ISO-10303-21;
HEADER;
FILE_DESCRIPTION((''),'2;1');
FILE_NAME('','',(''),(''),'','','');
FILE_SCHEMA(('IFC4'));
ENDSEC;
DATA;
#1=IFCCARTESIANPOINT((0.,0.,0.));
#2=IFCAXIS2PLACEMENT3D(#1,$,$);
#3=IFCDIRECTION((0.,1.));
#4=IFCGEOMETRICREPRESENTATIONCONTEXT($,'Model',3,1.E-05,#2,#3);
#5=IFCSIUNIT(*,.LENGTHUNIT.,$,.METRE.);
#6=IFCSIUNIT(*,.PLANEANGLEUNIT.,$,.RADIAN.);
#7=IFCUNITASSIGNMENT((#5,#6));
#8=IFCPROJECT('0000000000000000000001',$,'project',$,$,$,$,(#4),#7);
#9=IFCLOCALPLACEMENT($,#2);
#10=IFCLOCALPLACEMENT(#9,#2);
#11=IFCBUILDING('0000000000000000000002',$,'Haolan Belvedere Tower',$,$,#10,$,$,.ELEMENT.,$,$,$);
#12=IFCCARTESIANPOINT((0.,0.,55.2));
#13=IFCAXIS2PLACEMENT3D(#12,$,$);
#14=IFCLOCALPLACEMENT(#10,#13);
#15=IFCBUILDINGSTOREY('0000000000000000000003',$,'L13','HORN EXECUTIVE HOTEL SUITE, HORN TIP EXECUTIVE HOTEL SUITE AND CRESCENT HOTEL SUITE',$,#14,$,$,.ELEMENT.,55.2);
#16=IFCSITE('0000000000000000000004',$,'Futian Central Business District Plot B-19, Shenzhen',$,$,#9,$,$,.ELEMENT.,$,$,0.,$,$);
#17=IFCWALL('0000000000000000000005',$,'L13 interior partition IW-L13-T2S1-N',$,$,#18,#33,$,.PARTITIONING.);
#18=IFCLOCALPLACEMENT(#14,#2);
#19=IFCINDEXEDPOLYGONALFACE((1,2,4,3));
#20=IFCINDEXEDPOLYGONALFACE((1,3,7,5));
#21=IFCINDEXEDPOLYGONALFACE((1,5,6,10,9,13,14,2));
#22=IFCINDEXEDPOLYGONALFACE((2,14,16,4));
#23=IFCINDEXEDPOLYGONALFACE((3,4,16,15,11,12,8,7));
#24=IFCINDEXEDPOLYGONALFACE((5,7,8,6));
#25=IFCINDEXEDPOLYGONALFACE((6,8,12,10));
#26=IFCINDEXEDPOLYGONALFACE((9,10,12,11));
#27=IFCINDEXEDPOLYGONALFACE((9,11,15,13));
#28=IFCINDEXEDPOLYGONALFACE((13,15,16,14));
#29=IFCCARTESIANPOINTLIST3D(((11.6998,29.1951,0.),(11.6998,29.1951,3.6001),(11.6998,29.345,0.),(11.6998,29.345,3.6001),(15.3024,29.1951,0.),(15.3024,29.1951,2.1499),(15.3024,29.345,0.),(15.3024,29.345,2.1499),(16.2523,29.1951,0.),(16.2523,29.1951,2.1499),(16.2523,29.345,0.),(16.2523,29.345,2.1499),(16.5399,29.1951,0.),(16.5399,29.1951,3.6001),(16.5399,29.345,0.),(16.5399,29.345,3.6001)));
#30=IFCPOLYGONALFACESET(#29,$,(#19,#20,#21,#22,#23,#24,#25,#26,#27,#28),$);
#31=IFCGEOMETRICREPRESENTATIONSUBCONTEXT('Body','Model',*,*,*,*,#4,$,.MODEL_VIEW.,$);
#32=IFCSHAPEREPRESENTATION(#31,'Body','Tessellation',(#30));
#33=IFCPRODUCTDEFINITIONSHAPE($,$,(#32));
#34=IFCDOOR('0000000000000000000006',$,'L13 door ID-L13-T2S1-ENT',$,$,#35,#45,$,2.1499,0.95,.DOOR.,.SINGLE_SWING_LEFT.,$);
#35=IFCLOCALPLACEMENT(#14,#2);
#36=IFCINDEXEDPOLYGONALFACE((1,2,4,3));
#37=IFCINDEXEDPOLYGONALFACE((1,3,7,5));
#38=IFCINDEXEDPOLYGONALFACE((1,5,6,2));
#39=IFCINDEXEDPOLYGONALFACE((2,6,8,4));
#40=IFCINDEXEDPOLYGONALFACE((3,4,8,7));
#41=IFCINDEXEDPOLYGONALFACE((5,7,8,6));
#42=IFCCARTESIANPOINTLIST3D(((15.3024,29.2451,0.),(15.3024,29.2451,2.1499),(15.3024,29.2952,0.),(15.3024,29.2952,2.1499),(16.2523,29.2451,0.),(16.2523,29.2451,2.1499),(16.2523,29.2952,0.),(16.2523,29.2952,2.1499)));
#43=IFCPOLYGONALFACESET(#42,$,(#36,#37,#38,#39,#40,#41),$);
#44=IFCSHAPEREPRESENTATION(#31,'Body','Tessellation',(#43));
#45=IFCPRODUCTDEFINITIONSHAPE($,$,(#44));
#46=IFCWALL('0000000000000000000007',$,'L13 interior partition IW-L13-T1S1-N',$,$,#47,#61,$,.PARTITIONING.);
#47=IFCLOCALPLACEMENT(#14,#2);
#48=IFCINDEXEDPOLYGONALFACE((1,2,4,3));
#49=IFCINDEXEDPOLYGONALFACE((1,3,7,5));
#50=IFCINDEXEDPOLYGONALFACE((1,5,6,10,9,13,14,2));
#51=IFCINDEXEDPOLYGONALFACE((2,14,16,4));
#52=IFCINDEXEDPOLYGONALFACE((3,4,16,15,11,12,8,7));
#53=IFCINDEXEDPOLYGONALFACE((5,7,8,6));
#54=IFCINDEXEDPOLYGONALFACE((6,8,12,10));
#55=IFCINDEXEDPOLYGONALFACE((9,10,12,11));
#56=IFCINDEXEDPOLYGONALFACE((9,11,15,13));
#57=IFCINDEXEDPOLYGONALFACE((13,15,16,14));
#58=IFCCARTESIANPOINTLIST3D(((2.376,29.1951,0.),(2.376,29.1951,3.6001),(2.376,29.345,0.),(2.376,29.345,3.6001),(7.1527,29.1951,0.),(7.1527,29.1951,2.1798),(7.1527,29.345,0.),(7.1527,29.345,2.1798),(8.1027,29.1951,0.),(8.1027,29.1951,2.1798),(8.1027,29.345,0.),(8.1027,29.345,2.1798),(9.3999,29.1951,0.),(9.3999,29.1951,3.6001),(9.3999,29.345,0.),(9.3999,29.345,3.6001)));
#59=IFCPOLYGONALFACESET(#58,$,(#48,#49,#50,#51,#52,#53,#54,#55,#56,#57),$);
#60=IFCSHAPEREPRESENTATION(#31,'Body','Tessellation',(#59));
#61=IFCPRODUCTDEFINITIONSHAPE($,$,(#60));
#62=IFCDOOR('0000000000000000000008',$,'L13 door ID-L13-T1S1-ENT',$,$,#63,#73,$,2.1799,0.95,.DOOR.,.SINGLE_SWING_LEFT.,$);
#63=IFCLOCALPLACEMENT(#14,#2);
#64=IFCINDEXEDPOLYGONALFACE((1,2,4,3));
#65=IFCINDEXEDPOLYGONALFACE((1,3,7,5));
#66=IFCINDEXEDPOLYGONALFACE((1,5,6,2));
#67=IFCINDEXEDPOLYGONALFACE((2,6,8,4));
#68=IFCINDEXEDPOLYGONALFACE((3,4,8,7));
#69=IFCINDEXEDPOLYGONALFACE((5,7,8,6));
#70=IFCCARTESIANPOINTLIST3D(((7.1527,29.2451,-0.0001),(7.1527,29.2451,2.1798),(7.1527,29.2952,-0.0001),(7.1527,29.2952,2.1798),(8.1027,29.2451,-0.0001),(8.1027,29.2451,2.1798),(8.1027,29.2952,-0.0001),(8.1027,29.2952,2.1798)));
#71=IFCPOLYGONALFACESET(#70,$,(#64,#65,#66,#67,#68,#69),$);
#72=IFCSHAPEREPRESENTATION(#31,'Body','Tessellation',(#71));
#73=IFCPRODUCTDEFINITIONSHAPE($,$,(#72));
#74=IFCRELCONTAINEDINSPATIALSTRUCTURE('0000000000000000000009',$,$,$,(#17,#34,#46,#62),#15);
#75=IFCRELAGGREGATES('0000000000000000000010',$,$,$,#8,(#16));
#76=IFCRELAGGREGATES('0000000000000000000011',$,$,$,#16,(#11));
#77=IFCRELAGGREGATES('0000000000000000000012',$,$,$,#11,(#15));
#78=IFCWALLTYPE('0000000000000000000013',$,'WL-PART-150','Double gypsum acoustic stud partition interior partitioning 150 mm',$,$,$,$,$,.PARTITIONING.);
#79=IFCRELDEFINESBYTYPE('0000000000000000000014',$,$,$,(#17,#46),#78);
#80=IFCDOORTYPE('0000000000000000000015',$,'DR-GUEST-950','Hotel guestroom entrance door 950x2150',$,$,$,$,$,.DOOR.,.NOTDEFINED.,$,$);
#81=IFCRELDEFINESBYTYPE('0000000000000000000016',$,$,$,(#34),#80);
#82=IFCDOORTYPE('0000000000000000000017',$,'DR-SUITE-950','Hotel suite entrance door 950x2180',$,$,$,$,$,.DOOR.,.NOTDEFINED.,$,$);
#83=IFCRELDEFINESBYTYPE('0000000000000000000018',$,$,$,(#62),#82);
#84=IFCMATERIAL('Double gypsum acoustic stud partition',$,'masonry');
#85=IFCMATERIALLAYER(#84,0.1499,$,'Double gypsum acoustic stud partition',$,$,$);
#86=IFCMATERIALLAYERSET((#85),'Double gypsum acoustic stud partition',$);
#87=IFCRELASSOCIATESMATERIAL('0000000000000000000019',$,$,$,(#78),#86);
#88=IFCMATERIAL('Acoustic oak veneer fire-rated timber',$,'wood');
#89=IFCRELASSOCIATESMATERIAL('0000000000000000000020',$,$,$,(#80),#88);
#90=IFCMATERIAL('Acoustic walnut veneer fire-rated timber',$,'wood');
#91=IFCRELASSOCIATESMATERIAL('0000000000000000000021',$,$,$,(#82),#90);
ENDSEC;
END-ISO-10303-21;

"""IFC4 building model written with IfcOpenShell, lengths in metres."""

from ifc_helpers import new_model, si_unit, direction, frame, frame_2d, origin, place, context, subcontext, project, spatial, rectangle, extrude, material, layer, layer_set, type_object, element, fill, save


model = new_model("IFC4")

# Units and contexts
model_context = context("Model", 3, precision=1e-05, world=origin(), true_north=direction((0.0, 1.0)))
body_context = subcontext(model_context, "Body", "Model", "MODEL_VIEW")
ifc_project = project(units=[si_unit("LENGTHUNIT", "METRE"), si_unit("PLANEANGLEUNIT", "RADIAN")], contexts=[model_context])

# Site, building, storey
site_placement = place(None, origin())
site = spatial("IfcSite", under=ifc_project, at=site_placement, Name="Futian Central Business District Plot B-19, Shenzhen", CompositionType="ELEMENT", RefElevation=0.0)
building_placement = place(site_placement, origin())
building = spatial("IfcBuilding", under=site, at=building_placement, Name="Haolan Belvedere Tower", CompositionType="ELEMENT")
storey_placement = place(building_placement, frame((0.0, 0.0, 55.2)))
storey = spatial("IfcBuildingStorey", under=building, at=storey_placement, Name="L13", Description="HORN EXECUTIVE HOTEL SUITE, HORN TIP EXECUTIVE HOTEL SUITE AND CRESCENT HOTEL SUITE", CompositionType="ELEMENT", Elevation=55.2)

# Shared definitions
ifc_material_1 = material(Name="Double gypsum acoustic stud partition", Category="masonry")
ifc_layer_1 = layer(ifc_material_1, 0.1499, Name="Double gypsum acoustic stud partition")
ifc_layer_set_1 = layer_set([ifc_layer_1], Name="Double gypsum acoustic stud partition")
wall_type_1 = type_object("IfcWallType", Name="WL-PART-150", Description="Double gypsum acoustic stud partition interior partitioning 150 mm", PredefinedType="PARTITIONING", material=ifc_layer_set_1)
ifc_material_2 = material(Name="Acoustic oak veneer fire-rated timber", Category="wood")
door_type_1 = type_object("IfcDoorType", Name="DR-GUEST-950", Description="Hotel guestroom entrance door 950x2150", OperationType="NOTDEFINED", PredefinedType="DOOR", material=ifc_material_2)

# Walls, openings, doors
wall_1_placement = place(storey_placement, frame((11.7, 29.27, 0.0), z_axis=(0.0, 0.0, 1.0), x_axis=(1.0, 0.0, 0.0)))
wall_1 = element("IfcWall", 1, at=wall_1_placement, inside=storey, type_object=wall_type_1, Name="L13 interior partition IW-L13-T2S1-N", PredefinedType="PARTITIONING", context=body_context, shape_type="SweptSolid", body=[
    extrude(rectangle(XDim=4.8401, YDim=0.1499, at=frame_2d((2.4199, 0.0))), origin(), (0.0, 0.0, 1.0), 3.6001),
])
opening_1_placement = place(wall_1_placement, frame((4.5525, 0.0, 0.0), z_axis=(0.0, 0.0, 1.0), x_axis=(-1.0, 0.0, 0.0)))
opening_1 = element("IfcOpeningElement", 2, at=opening_1_placement, cuts=wall_1, PredefinedType="OPENING", context=body_context, shape_type="SweptSolid", body=[
    extrude(rectangle(XDim=0.95, YDim=2.1499, at=frame_2d((0.4751, 1.075))), frame((0.0, 0.085, 0.0), z_axis=(0.0, -1.0, 0.0), x_axis=(1.0, 0.0, 0.0)), (0.0, 0.0, 1.0), 0.1699),
])
door_1_placement = place(opening_1_placement, origin())
door_1 = element("IfcDoor", 3, at=door_1_placement, inside=storey, type_object=door_type_1, Name="L13 door ID-L13-T2S1-ENT", OperationType="SINGLE_SWING_LEFT", OverallHeight=2.1499, OverallWidth=0.95, PredefinedType="DOOR", context=body_context, shape_type="SweptSolid", body=[
    extrude(rectangle(XDim=0.95, YDim=2.1499, at=frame_2d((0.4751, 1.075))), frame((0.0, 0.0249, 0.0), z_axis=(0.0, -1.0, 0.0), x_axis=(1.0, 0.0, 0.0)), (0.0, 0.0, 1.0), 0.05),
])
fill(opening_1, door_1)
wall_2_placement = place(storey_placement, frame((2.376, 29.27, 0.0), z_axis=(0.0, 0.0, 1.0), x_axis=(1.0, 0.0, 0.0)))
wall_2 = element("IfcWall", 4, at=wall_2_placement, inside=storey, type_object=wall_type_1, Name="L13 interior partition IW-L13-T1S1-N", PredefinedType="PARTITIONING", context=body_context, shape_type="SweptSolid", body=[
    extrude(rectangle(XDim=7.0239, YDim=0.1499, at=frame_2d((3.512, 0.0))), origin(), (0.0, 0.0, 1.0), 3.6001),
])
opening_2_placement = place(wall_2_placement, frame((5.7268, 0.0, 0.0), z_axis=(0.0, 0.0, 1.0), x_axis=(-1.0, 0.0, 0.0)))
opening_2 = element("IfcOpeningElement", 5, at=opening_2_placement, cuts=wall_2, PredefinedType="OPENING", context=body_context, shape_type="SweptSolid", body=[
    extrude(rectangle(XDim=0.95, YDim=2.1799, at=frame_2d((0.4751, 1.0898))), frame((0.0, 0.085, 0.0), z_axis=(0.0, -1.0, 0.0), x_axis=(1.0, 0.0, 0.0)), (0.0, 0.0, 1.0), 0.1699),
])
ifc_material_3 = material(Name="Acoustic walnut veneer fire-rated timber", Category="wood")
door_type_2 = type_object("IfcDoorType", Name="DR-SUITE-950", Description="Hotel suite entrance door 950x2180", OperationType="NOTDEFINED", PredefinedType="DOOR", material=ifc_material_3)
door_2_placement = place(opening_2_placement, origin())
door_2 = element("IfcDoor", 6, at=door_2_placement, inside=storey, type_object=door_type_2, Name="L13 door ID-L13-T1S1-ENT", OperationType="SINGLE_SWING_LEFT", OverallHeight=2.1799, OverallWidth=0.95, PredefinedType="DOOR", context=body_context, shape_type="SweptSolid", body=[
    extrude(rectangle(XDim=0.95, YDim=2.1799, at=frame_2d((0.4751, 1.0898))), frame((0.0, 0.0249, 0.0), z_axis=(0.0, -1.0, 0.0), x_axis=(1.0, 0.0, 0.0)), (0.0, 0.0, 1.0), 0.05),
])
fill(opening_2, door_2)

save(model, "model.ifc")
